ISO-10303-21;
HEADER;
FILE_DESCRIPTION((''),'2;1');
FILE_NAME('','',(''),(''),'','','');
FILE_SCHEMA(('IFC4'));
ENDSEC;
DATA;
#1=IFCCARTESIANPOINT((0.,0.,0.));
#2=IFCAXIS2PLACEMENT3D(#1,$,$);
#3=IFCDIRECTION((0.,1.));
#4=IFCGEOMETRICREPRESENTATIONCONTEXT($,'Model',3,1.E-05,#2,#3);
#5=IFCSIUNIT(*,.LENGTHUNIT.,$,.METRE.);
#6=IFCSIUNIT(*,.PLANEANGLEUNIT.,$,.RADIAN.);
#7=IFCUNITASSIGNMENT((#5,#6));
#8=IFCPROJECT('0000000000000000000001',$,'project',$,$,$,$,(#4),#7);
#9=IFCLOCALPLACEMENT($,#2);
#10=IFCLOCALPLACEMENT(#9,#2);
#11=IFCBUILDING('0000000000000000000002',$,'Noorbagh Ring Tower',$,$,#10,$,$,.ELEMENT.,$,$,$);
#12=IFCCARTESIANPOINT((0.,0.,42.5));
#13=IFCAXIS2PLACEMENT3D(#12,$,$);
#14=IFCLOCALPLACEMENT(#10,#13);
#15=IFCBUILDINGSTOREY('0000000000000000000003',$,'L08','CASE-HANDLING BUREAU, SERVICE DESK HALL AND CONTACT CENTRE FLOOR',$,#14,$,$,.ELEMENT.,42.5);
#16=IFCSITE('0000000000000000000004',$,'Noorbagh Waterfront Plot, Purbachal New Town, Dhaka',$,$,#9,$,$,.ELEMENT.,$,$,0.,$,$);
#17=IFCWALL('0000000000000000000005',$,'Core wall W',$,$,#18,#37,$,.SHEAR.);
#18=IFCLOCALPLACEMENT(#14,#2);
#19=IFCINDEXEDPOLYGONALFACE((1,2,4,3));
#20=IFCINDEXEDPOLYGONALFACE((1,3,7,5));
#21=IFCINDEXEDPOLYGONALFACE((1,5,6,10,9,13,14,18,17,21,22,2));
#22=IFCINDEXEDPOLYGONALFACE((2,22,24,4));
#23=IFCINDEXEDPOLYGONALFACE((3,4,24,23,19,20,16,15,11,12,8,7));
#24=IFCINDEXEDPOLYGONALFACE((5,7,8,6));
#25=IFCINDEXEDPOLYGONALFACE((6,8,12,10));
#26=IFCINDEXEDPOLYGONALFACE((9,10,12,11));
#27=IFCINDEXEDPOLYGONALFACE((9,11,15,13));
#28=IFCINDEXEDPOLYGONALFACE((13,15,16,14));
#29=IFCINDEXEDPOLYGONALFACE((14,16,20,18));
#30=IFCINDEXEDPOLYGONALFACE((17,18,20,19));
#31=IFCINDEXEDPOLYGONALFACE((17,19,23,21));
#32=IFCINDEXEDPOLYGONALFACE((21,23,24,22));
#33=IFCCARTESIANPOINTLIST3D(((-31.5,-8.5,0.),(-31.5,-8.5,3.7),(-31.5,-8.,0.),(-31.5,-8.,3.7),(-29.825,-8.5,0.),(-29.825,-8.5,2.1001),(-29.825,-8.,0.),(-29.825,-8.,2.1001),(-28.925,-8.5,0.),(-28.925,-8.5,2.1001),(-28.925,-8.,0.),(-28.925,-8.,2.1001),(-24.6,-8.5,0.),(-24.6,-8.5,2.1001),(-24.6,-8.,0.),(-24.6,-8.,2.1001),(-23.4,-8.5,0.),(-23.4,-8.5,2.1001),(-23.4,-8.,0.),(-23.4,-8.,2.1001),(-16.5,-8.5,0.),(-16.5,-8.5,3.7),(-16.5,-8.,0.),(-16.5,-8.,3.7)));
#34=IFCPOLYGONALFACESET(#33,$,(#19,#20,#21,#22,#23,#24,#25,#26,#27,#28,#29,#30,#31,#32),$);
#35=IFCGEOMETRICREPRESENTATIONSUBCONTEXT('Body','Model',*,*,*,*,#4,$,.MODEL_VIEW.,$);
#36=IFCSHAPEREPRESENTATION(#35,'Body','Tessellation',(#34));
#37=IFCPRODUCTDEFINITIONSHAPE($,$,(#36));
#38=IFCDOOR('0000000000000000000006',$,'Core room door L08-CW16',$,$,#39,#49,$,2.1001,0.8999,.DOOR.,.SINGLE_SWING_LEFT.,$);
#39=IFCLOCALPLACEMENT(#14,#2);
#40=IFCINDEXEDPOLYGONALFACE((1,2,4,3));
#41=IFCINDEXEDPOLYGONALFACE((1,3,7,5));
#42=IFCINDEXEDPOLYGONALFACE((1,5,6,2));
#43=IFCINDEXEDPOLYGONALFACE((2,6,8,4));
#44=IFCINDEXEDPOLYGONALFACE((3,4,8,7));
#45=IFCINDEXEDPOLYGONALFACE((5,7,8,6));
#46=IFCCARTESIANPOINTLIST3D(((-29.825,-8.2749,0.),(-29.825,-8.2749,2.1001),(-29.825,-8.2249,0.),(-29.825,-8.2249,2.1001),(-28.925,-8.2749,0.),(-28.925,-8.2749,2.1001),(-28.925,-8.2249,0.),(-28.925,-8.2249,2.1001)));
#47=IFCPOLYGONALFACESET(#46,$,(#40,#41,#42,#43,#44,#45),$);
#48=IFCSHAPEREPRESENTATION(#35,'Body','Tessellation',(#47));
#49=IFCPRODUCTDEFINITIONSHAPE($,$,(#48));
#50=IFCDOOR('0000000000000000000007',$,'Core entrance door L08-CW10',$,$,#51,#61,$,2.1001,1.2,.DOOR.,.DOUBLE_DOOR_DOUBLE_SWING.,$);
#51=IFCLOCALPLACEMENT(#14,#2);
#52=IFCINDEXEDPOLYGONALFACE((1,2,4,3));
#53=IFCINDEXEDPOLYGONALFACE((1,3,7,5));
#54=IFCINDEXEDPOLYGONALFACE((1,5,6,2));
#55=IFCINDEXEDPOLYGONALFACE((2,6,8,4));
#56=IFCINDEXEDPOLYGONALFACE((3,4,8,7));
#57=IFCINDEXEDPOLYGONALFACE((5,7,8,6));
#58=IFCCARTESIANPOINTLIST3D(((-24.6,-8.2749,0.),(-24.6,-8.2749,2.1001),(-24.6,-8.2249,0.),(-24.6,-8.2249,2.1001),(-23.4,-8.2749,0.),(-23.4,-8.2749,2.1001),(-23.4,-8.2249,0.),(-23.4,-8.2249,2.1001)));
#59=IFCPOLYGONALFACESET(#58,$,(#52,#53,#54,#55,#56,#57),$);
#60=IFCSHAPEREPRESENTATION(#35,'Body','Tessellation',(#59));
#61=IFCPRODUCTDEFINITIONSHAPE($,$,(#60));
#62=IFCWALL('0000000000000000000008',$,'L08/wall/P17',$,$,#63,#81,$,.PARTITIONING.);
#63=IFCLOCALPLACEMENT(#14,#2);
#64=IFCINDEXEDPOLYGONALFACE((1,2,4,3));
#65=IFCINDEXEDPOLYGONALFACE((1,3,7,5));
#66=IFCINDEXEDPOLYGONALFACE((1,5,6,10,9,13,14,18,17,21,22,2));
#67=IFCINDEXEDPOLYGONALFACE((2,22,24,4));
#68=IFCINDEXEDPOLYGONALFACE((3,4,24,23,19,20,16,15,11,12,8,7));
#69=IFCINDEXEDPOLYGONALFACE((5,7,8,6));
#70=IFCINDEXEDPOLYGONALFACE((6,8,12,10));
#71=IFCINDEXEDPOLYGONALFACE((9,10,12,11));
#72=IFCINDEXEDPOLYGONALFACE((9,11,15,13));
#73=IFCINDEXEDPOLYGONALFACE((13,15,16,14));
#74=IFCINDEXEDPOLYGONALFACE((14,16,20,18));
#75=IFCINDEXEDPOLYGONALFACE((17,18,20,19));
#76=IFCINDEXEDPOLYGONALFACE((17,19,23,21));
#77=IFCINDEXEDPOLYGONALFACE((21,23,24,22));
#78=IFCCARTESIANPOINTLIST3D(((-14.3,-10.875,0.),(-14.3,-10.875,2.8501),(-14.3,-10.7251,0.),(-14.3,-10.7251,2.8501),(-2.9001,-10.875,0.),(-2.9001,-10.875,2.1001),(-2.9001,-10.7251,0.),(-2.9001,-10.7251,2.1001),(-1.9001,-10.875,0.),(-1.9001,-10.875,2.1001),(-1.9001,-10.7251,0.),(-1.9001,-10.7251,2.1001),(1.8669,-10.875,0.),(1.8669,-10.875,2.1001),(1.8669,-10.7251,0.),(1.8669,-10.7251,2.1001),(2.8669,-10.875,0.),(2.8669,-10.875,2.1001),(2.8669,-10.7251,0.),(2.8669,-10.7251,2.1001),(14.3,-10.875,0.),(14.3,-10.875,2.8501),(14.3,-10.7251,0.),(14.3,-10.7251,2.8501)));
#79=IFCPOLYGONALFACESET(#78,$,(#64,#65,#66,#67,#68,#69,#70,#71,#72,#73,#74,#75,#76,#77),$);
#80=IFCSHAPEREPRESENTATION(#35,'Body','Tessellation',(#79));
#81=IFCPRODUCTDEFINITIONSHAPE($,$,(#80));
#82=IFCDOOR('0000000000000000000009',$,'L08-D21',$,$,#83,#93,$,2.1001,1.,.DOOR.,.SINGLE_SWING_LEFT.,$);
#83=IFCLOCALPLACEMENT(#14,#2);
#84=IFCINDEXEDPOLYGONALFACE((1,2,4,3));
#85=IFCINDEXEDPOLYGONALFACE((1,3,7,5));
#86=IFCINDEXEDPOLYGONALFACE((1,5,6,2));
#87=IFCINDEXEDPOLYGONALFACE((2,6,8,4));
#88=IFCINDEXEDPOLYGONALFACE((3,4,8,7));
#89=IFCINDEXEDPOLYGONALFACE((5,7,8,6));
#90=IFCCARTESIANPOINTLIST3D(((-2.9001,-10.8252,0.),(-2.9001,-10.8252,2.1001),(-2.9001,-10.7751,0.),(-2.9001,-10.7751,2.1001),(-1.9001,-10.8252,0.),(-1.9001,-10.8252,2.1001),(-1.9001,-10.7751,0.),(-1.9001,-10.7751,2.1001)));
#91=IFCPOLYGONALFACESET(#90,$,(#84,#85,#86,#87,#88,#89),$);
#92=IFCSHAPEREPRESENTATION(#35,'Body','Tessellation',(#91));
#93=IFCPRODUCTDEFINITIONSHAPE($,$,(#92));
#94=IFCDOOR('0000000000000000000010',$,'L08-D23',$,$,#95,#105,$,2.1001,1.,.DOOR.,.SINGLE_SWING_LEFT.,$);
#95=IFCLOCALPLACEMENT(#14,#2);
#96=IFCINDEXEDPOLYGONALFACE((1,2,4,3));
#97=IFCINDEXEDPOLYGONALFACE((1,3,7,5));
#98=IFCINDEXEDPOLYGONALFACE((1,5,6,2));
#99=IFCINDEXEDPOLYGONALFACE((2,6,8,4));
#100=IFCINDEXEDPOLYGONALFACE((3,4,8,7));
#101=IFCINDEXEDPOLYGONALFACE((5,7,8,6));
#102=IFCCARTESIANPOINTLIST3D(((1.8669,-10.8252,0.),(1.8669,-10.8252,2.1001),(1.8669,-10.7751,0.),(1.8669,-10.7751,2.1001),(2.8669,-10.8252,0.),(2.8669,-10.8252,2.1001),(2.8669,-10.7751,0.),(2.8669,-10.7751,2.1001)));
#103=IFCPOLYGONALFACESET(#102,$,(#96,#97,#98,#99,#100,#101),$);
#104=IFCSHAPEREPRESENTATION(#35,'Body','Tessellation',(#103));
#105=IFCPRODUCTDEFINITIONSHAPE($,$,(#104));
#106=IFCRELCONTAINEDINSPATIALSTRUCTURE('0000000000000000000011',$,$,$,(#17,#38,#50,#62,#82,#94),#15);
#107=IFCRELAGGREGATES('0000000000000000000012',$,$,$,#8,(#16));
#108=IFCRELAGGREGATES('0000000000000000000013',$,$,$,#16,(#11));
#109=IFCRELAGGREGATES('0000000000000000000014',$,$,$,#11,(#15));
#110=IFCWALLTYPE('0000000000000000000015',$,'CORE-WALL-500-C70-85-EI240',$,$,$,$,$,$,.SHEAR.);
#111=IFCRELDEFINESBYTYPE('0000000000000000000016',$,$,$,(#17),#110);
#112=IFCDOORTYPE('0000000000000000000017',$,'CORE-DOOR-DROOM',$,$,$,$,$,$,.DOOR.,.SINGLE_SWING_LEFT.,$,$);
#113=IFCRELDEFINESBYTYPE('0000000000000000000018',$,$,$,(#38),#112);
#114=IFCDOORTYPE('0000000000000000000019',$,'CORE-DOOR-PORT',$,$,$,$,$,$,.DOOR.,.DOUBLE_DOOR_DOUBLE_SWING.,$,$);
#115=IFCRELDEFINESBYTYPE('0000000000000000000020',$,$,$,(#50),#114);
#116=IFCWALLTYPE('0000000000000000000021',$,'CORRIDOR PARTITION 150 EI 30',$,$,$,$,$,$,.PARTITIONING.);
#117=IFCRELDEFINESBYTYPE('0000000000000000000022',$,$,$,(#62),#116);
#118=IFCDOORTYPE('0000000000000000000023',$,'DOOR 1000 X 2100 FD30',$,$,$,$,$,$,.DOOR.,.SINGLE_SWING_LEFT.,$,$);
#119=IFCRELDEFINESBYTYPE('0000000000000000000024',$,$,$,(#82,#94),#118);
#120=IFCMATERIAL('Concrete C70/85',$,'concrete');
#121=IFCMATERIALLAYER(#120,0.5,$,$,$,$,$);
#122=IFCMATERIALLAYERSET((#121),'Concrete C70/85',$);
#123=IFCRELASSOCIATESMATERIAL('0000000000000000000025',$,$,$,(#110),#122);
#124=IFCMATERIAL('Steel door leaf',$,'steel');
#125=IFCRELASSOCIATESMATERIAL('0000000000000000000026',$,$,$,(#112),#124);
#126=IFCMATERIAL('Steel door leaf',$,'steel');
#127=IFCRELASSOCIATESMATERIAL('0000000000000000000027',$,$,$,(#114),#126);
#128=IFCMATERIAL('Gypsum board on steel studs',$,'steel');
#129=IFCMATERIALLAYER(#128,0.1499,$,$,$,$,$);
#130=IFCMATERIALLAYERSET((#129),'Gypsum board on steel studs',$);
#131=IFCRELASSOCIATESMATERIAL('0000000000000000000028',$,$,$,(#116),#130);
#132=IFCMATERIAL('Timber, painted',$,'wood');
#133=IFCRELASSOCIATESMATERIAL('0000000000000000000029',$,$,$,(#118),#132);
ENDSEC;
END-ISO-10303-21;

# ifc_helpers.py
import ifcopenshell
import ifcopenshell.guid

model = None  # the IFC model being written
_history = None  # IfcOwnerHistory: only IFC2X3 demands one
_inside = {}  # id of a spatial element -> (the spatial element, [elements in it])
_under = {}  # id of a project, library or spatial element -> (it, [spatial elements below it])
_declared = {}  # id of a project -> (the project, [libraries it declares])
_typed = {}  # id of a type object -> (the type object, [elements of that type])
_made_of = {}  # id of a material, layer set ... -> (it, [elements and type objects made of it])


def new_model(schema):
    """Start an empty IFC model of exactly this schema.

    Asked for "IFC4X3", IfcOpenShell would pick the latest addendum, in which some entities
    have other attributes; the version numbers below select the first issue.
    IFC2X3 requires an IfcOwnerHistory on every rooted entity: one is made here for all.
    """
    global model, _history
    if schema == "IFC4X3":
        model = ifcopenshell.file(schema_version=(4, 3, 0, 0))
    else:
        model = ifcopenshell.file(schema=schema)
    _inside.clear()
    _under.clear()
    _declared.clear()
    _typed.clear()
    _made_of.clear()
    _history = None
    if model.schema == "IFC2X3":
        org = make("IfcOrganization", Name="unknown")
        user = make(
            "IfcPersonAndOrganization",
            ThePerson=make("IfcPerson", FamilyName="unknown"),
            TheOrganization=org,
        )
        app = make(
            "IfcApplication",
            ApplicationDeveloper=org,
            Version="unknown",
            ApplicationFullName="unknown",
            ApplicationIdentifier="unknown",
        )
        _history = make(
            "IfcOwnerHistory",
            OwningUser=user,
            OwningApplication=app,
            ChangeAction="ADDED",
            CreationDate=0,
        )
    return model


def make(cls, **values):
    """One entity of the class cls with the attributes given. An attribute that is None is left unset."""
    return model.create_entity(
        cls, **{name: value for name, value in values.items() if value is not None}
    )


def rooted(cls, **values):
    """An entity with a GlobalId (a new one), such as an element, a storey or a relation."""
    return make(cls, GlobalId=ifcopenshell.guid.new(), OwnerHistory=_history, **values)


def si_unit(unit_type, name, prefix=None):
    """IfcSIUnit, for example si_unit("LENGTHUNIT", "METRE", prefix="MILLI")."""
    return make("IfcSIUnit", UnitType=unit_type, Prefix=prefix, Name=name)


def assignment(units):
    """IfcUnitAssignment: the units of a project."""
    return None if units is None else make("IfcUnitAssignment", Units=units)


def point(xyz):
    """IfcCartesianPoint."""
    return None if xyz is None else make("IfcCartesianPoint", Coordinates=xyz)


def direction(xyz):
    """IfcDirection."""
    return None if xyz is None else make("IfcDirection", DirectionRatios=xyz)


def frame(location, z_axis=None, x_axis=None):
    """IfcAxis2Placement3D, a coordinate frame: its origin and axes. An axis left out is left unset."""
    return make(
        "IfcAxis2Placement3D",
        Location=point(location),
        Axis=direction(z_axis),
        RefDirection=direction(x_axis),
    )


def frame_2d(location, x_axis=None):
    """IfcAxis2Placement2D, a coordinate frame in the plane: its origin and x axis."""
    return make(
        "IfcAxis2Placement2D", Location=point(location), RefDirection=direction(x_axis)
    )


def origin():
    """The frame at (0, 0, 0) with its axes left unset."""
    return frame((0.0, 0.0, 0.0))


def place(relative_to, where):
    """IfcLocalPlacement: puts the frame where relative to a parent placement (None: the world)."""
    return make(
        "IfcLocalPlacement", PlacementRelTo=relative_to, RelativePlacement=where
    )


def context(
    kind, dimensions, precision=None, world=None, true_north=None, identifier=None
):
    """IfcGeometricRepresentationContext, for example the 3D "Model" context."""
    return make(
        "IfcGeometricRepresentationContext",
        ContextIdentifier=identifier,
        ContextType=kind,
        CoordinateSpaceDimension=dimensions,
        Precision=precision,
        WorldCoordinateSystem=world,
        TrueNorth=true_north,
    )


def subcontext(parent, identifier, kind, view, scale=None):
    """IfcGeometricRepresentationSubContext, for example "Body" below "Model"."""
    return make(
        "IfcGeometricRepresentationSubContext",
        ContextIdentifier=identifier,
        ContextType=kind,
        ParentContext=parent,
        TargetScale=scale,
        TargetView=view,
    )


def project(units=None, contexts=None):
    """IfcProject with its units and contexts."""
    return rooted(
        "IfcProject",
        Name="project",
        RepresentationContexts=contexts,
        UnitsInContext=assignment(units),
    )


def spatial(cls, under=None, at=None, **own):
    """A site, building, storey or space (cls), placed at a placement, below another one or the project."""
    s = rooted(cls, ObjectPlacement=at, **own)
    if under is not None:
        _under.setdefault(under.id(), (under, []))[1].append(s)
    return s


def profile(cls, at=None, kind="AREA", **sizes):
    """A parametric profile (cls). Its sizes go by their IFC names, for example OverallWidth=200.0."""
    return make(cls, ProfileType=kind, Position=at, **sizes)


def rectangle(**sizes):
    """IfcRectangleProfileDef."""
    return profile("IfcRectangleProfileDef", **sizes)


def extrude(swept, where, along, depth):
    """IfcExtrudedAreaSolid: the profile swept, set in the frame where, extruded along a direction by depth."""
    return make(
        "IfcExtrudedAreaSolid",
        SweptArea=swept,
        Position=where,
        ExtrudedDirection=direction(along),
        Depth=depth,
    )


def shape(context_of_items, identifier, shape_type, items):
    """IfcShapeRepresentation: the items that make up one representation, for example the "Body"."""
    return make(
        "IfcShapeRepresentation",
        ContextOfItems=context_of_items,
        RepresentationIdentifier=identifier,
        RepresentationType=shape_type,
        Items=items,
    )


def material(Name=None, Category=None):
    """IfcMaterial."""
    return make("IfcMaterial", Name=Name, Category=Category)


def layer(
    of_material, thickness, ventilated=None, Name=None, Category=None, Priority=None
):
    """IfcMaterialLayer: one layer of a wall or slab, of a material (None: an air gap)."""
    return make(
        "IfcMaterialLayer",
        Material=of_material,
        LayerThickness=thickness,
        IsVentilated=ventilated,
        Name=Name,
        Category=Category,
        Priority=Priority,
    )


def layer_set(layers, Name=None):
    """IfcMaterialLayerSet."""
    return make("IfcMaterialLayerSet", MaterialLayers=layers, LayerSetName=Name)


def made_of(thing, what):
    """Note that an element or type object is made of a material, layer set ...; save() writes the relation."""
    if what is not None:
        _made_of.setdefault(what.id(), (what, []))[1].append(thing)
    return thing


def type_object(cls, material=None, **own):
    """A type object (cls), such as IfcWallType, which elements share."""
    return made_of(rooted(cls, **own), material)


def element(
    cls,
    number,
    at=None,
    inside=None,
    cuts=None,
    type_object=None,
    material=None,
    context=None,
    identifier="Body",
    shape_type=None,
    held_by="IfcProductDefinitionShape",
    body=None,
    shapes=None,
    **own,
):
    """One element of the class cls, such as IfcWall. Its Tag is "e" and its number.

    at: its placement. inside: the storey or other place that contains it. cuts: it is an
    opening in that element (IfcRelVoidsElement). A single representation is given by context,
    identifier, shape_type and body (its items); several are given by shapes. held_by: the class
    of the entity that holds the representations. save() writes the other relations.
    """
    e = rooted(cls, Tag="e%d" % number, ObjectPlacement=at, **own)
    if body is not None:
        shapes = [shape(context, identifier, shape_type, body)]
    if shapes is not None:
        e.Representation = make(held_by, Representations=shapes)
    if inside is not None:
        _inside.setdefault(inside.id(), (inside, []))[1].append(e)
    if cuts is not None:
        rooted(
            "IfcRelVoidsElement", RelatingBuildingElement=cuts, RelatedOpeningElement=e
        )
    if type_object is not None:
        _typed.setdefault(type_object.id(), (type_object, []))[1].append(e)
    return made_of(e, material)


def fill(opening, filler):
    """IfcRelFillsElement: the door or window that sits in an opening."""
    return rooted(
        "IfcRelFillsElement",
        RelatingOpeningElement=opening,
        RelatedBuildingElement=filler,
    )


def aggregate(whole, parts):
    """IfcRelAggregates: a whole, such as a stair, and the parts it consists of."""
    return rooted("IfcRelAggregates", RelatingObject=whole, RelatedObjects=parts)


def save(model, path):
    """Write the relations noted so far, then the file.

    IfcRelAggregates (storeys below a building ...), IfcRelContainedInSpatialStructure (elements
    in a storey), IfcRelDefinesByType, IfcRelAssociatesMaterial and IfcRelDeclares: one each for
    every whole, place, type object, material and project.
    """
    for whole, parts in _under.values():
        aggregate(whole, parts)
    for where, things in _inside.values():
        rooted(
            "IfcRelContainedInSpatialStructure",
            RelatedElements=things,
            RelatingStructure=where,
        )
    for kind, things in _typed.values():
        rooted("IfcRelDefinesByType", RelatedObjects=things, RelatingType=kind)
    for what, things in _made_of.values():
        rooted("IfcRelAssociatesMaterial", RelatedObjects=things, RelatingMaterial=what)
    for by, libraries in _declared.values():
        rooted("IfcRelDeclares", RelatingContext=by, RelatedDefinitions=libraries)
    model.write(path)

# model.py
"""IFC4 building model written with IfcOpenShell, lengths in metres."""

from ifc_helpers import new_model, si_unit, direction, frame, frame_2d, origin, place, context, subcontext, project, spatial, rectangle, extrude, material, layer, layer_set, type_object, element, fill, save


model = new_model("IFC4")

# Units and contexts
model_context = context("Model", 3, precision=1e-05, world=origin(), true_north=direction((0.0, 1.0)))
body_context = subcontext(model_context, "Body", "Model", "MODEL_VIEW")
ifc_project = project(units=[si_unit("LENGTHUNIT", "METRE"), si_unit("PLANEANGLEUNIT", "RADIAN")], contexts=[model_context])

# Site, building, storey
site_placement = place(None, origin())
site = spatial("IfcSite", under=ifc_project, at=site_placement, Name="Noorbagh Waterfront Plot, Purbachal New Town, Dhaka", CompositionType="ELEMENT", RefElevation=0.0)
building_placement = place(site_placement, origin())
building = spatial("IfcBuilding", under=site, at=building_placement, Name="Noorbagh Ring Tower", CompositionType="ELEMENT")
storey_placement = place(building_placement, frame((0.0, 0.0, 42.5)))
storey = spatial("IfcBuildingStorey", under=building, at=storey_placement, Name="L08", Description="CASE-HANDLING BUREAU, SERVICE DESK HALL AND CONTACT CENTRE FLOOR", CompositionType="ELEMENT", Elevation=42.5)

# Walls, openings, doors
ifc_material_1 = material(Name="Concrete C70/85", Category="concrete")
ifc_layer_1 = layer(ifc_material_1, 0.5)
ifc_layer_set_1 = layer_set([ifc_layer_1], Name="Concrete C70/85")
wall_type_1 = type_object("IfcWallType", Name="CORE-WALL-500-C70-85-EI240", PredefinedType="SHEAR", material=ifc_layer_set_1)
wall_1_placement = place(storey_placement, frame((-16.5, -8.25, 0.0), z_axis=(0.0, 0.0, 1.0), x_axis=(-1.0, 0.0, 0.0)))
wall_1 = element("IfcWall", 1, at=wall_1_placement, inside=storey, type_object=wall_type_1, Name="Core wall W", PredefinedType="SHEAR", context=body_context, shape_type="SweptSolid", body=[
    extrude(rectangle(XDim=15.0, YDim=0.5, at=frame_2d((7.5, 0.0))), origin(), (0.0, 0.0, 1.0), 3.7),
])
opening_1_placement = place(wall_1_placement, frame((6.8999, 0.0, 0.0)))
opening_1 = element("IfcOpeningElement", 2, at=opening_1_placement, cuts=wall_1, PredefinedType="OPENING", context=body_context, shape_type="SweptSolid", body=[
    extrude(rectangle(XDim=1.2, YDim=2.1001, at=frame_2d((0.6001, 1.05))), frame((0.0, 0.26, 0.0), z_axis=(0.0, -1.0, 0.0), x_axis=(1.0, 0.0, 0.0)), (0.0, 0.0, 1.0), 0.52),
])
opening_2_placement = place(wall_1_placement, frame((12.425, 0.0, 0.0)))
opening_2 = element("IfcOpeningElement", 3, at=opening_2_placement, cuts=wall_1, PredefinedType="OPENING", context=body_context, shape_type="SweptSolid", body=[
    extrude(rectangle(XDim=0.8999, YDim=2.1001, at=frame_2d((0.45, 1.05))), frame((0.0, 0.26, 0.0), z_axis=(0.0, -1.0, 0.0), x_axis=(1.0, 0.0, 0.0)), (0.0, 0.0, 1.0), 0.52),
])
ifc_material_2 = material(Name="Steel door leaf", Category="steel")
door_type_1 = type_object("IfcDoorType", Name="CORE-DOOR-DROOM", OperationType="SINGLE_SWING_LEFT", PredefinedType="DOOR", material=ifc_material_2)
door_1_placement = place(opening_2_placement, origin())
door_1 = element("IfcDoor", 4, at=door_1_placement, inside=storey, type_object=door_type_1, Name="Core room door L08-CW16", OperationType="SINGLE_SWING_LEFT", OverallHeight=2.1001, OverallWidth=0.8999, PredefinedType="DOOR", context=body_context, shape_type="SweptSolid", body=[
    extrude(rectangle(XDim=0.8999, YDim=2.1001, at=frame_2d((0.45, 1.05))), frame((0.0, 0.0249, 0.0), z_axis=(0.0, -1.0, 0.0), x_axis=(1.0, 0.0, 0.0)), (0.0, 0.0, 1.0), 0.05),
])
fill(opening_2, door_1)
ifc_material_3 = material(Name="Steel door leaf", Category="steel")
door_type_2 = type_object("IfcDoorType", Name="CORE-DOOR-PORT", OperationType="DOUBLE_DOOR_DOUBLE_SWING", PredefinedType="DOOR", material=ifc_material_3)
door_2_placement = place(opening_1_placement, origin())
door_2 = element("IfcDoor", 5, at=door_2_placement, inside=storey, type_object=door_type_2, Name="Core entrance door L08-CW10", OperationType="DOUBLE_DOOR_DOUBLE_SWING", OverallHeight=2.1001, OverallWidth=1.2, PredefinedType="DOOR", context=body_context, shape_type="SweptSolid", body=[
    extrude(rectangle(XDim=1.2, YDim=2.1001, at=frame_2d((0.6001, 1.05))), frame((0.0, 0.0249, 0.0), z_axis=(0.0, -1.0, 0.0), x_axis=(1.0, 0.0, 0.0)), (0.0, 0.0, 1.0), 0.05),
])
fill(opening_1, door_2)
ifc_material_4 = material(Name="Gypsum board on steel studs", Category="steel")
ifc_layer_2 = layer(ifc_material_4, 0.1499)
ifc_layer_set_2 = layer_set([ifc_layer_2], Name="Gypsum board on steel studs")
wall_type_2 = type_object("IfcWallType", Name="CORRIDOR PARTITION 150 EI 30", PredefinedType="PARTITIONING", material=ifc_layer_set_2)
wall_2_placement = place(storey_placement, frame((-14.3, -10.8, 0.0), z_axis=(0.0, 0.0, 1.0), x_axis=(1.0, 0.0, 0.0)))
wall_2 = element("IfcWall", 6, at=wall_2_placement, inside=storey, type_object=wall_type_2, Name="L08/wall/P17", PredefinedType="PARTITIONING", context=body_context, shape_type="SweptSolid", body=[
    extrude(rectangle(XDim=28.6001, YDim=0.1499, at=frame_2d((14.3, 0.0))), origin(), (0.0, 0.0, 1.0), 2.8501),
])
opening_3_placement = place(wall_2_placement, frame((11.3999, 0.0, 0.0)))
opening_3 = element("IfcOpeningElement", 7, at=opening_3_placement, cuts=wall_2, PredefinedType="OPENING", context=body_context, shape_type="SweptSolid", body=[
    extrude(rectangle(XDim=1.0, YDim=2.1001, at=frame_2d((0.5, 1.05))), frame((0.0, 0.085, 0.0), z_axis=(0.0, -1.0, 0.0), x_axis=(1.0, 0.0, 0.0)), (0.0, 0.0, 1.0), 0.1699),
])
opening_4_placement = place(wall_2_placement, frame((16.167, 0.0, 0.0)))
opening_4 = element("IfcOpeningElement", 8, at=opening_4_placement, cuts=wall_2, PredefinedType="OPENING", context=body_context, shape_type="SweptSolid", body=[
    extrude(rectangle(XDim=1.0, YDim=2.1001, at=frame_2d((0.5, 1.05))), frame((0.0, 0.085, 0.0), z_axis=(0.0, -1.0, 0.0), x_axis=(1.0, 0.0, 0.0)), (0.0, 0.0, 1.0), 0.1699),
])
ifc_material_5 = material(Name="Timber, painted", Category="wood")
door_type_3 = type_object("IfcDoorType", Name="DOOR 1000 X 2100 FD30", OperationType="SINGLE_SWING_LEFT", PredefinedType="DOOR", material=ifc_material_5)
door_3_placement = place(opening_3_placement, origin())
door_3 = element("IfcDoor", 9, at=door_3_placement, inside=storey, type_object=door_type_3, Name="L08-D21", OperationType="SINGLE_SWING_LEFT", OverallHeight=2.1001, OverallWidth=1.0, PredefinedType="DOOR", context=body_context, shape_type="SweptSolid", body=[
    extrude(rectangle(XDim=1.0, YDim=2.1001, at=frame_2d((0.5, 1.05))), frame((0.0, 0.0249, 0.0), z_axis=(0.0, -1.0, 0.0), x_axis=(1.0, 0.0, 0.0)), (0.0, 0.0, 1.0), 0.05),
])
fill(opening_3, door_3)
door_4_placement = place(opening_4_placement, origin())
door_4 = element("IfcDoor", 10, at=door_4_placement, inside=storey, type_object=door_type_3, Name="L08-D23", OperationType="SINGLE_SWING_LEFT", OverallHeight=2.1001, OverallWidth=1.0, PredefinedType="DOOR", context=body_context, shape_type="SweptSolid", body=[
    extrude(rectangle(XDim=1.0, YDim=2.1001, at=frame_2d((0.5, 1.05))), frame((0.0, 0.0249, 0.0), z_axis=(0.0, -1.0, 0.0), x_axis=(1.0, 0.0, 0.0)), (0.0, 0.0, 1.0), 0.05),
])
fill(opening_4, door_4)

save(model, "model.ifc")
